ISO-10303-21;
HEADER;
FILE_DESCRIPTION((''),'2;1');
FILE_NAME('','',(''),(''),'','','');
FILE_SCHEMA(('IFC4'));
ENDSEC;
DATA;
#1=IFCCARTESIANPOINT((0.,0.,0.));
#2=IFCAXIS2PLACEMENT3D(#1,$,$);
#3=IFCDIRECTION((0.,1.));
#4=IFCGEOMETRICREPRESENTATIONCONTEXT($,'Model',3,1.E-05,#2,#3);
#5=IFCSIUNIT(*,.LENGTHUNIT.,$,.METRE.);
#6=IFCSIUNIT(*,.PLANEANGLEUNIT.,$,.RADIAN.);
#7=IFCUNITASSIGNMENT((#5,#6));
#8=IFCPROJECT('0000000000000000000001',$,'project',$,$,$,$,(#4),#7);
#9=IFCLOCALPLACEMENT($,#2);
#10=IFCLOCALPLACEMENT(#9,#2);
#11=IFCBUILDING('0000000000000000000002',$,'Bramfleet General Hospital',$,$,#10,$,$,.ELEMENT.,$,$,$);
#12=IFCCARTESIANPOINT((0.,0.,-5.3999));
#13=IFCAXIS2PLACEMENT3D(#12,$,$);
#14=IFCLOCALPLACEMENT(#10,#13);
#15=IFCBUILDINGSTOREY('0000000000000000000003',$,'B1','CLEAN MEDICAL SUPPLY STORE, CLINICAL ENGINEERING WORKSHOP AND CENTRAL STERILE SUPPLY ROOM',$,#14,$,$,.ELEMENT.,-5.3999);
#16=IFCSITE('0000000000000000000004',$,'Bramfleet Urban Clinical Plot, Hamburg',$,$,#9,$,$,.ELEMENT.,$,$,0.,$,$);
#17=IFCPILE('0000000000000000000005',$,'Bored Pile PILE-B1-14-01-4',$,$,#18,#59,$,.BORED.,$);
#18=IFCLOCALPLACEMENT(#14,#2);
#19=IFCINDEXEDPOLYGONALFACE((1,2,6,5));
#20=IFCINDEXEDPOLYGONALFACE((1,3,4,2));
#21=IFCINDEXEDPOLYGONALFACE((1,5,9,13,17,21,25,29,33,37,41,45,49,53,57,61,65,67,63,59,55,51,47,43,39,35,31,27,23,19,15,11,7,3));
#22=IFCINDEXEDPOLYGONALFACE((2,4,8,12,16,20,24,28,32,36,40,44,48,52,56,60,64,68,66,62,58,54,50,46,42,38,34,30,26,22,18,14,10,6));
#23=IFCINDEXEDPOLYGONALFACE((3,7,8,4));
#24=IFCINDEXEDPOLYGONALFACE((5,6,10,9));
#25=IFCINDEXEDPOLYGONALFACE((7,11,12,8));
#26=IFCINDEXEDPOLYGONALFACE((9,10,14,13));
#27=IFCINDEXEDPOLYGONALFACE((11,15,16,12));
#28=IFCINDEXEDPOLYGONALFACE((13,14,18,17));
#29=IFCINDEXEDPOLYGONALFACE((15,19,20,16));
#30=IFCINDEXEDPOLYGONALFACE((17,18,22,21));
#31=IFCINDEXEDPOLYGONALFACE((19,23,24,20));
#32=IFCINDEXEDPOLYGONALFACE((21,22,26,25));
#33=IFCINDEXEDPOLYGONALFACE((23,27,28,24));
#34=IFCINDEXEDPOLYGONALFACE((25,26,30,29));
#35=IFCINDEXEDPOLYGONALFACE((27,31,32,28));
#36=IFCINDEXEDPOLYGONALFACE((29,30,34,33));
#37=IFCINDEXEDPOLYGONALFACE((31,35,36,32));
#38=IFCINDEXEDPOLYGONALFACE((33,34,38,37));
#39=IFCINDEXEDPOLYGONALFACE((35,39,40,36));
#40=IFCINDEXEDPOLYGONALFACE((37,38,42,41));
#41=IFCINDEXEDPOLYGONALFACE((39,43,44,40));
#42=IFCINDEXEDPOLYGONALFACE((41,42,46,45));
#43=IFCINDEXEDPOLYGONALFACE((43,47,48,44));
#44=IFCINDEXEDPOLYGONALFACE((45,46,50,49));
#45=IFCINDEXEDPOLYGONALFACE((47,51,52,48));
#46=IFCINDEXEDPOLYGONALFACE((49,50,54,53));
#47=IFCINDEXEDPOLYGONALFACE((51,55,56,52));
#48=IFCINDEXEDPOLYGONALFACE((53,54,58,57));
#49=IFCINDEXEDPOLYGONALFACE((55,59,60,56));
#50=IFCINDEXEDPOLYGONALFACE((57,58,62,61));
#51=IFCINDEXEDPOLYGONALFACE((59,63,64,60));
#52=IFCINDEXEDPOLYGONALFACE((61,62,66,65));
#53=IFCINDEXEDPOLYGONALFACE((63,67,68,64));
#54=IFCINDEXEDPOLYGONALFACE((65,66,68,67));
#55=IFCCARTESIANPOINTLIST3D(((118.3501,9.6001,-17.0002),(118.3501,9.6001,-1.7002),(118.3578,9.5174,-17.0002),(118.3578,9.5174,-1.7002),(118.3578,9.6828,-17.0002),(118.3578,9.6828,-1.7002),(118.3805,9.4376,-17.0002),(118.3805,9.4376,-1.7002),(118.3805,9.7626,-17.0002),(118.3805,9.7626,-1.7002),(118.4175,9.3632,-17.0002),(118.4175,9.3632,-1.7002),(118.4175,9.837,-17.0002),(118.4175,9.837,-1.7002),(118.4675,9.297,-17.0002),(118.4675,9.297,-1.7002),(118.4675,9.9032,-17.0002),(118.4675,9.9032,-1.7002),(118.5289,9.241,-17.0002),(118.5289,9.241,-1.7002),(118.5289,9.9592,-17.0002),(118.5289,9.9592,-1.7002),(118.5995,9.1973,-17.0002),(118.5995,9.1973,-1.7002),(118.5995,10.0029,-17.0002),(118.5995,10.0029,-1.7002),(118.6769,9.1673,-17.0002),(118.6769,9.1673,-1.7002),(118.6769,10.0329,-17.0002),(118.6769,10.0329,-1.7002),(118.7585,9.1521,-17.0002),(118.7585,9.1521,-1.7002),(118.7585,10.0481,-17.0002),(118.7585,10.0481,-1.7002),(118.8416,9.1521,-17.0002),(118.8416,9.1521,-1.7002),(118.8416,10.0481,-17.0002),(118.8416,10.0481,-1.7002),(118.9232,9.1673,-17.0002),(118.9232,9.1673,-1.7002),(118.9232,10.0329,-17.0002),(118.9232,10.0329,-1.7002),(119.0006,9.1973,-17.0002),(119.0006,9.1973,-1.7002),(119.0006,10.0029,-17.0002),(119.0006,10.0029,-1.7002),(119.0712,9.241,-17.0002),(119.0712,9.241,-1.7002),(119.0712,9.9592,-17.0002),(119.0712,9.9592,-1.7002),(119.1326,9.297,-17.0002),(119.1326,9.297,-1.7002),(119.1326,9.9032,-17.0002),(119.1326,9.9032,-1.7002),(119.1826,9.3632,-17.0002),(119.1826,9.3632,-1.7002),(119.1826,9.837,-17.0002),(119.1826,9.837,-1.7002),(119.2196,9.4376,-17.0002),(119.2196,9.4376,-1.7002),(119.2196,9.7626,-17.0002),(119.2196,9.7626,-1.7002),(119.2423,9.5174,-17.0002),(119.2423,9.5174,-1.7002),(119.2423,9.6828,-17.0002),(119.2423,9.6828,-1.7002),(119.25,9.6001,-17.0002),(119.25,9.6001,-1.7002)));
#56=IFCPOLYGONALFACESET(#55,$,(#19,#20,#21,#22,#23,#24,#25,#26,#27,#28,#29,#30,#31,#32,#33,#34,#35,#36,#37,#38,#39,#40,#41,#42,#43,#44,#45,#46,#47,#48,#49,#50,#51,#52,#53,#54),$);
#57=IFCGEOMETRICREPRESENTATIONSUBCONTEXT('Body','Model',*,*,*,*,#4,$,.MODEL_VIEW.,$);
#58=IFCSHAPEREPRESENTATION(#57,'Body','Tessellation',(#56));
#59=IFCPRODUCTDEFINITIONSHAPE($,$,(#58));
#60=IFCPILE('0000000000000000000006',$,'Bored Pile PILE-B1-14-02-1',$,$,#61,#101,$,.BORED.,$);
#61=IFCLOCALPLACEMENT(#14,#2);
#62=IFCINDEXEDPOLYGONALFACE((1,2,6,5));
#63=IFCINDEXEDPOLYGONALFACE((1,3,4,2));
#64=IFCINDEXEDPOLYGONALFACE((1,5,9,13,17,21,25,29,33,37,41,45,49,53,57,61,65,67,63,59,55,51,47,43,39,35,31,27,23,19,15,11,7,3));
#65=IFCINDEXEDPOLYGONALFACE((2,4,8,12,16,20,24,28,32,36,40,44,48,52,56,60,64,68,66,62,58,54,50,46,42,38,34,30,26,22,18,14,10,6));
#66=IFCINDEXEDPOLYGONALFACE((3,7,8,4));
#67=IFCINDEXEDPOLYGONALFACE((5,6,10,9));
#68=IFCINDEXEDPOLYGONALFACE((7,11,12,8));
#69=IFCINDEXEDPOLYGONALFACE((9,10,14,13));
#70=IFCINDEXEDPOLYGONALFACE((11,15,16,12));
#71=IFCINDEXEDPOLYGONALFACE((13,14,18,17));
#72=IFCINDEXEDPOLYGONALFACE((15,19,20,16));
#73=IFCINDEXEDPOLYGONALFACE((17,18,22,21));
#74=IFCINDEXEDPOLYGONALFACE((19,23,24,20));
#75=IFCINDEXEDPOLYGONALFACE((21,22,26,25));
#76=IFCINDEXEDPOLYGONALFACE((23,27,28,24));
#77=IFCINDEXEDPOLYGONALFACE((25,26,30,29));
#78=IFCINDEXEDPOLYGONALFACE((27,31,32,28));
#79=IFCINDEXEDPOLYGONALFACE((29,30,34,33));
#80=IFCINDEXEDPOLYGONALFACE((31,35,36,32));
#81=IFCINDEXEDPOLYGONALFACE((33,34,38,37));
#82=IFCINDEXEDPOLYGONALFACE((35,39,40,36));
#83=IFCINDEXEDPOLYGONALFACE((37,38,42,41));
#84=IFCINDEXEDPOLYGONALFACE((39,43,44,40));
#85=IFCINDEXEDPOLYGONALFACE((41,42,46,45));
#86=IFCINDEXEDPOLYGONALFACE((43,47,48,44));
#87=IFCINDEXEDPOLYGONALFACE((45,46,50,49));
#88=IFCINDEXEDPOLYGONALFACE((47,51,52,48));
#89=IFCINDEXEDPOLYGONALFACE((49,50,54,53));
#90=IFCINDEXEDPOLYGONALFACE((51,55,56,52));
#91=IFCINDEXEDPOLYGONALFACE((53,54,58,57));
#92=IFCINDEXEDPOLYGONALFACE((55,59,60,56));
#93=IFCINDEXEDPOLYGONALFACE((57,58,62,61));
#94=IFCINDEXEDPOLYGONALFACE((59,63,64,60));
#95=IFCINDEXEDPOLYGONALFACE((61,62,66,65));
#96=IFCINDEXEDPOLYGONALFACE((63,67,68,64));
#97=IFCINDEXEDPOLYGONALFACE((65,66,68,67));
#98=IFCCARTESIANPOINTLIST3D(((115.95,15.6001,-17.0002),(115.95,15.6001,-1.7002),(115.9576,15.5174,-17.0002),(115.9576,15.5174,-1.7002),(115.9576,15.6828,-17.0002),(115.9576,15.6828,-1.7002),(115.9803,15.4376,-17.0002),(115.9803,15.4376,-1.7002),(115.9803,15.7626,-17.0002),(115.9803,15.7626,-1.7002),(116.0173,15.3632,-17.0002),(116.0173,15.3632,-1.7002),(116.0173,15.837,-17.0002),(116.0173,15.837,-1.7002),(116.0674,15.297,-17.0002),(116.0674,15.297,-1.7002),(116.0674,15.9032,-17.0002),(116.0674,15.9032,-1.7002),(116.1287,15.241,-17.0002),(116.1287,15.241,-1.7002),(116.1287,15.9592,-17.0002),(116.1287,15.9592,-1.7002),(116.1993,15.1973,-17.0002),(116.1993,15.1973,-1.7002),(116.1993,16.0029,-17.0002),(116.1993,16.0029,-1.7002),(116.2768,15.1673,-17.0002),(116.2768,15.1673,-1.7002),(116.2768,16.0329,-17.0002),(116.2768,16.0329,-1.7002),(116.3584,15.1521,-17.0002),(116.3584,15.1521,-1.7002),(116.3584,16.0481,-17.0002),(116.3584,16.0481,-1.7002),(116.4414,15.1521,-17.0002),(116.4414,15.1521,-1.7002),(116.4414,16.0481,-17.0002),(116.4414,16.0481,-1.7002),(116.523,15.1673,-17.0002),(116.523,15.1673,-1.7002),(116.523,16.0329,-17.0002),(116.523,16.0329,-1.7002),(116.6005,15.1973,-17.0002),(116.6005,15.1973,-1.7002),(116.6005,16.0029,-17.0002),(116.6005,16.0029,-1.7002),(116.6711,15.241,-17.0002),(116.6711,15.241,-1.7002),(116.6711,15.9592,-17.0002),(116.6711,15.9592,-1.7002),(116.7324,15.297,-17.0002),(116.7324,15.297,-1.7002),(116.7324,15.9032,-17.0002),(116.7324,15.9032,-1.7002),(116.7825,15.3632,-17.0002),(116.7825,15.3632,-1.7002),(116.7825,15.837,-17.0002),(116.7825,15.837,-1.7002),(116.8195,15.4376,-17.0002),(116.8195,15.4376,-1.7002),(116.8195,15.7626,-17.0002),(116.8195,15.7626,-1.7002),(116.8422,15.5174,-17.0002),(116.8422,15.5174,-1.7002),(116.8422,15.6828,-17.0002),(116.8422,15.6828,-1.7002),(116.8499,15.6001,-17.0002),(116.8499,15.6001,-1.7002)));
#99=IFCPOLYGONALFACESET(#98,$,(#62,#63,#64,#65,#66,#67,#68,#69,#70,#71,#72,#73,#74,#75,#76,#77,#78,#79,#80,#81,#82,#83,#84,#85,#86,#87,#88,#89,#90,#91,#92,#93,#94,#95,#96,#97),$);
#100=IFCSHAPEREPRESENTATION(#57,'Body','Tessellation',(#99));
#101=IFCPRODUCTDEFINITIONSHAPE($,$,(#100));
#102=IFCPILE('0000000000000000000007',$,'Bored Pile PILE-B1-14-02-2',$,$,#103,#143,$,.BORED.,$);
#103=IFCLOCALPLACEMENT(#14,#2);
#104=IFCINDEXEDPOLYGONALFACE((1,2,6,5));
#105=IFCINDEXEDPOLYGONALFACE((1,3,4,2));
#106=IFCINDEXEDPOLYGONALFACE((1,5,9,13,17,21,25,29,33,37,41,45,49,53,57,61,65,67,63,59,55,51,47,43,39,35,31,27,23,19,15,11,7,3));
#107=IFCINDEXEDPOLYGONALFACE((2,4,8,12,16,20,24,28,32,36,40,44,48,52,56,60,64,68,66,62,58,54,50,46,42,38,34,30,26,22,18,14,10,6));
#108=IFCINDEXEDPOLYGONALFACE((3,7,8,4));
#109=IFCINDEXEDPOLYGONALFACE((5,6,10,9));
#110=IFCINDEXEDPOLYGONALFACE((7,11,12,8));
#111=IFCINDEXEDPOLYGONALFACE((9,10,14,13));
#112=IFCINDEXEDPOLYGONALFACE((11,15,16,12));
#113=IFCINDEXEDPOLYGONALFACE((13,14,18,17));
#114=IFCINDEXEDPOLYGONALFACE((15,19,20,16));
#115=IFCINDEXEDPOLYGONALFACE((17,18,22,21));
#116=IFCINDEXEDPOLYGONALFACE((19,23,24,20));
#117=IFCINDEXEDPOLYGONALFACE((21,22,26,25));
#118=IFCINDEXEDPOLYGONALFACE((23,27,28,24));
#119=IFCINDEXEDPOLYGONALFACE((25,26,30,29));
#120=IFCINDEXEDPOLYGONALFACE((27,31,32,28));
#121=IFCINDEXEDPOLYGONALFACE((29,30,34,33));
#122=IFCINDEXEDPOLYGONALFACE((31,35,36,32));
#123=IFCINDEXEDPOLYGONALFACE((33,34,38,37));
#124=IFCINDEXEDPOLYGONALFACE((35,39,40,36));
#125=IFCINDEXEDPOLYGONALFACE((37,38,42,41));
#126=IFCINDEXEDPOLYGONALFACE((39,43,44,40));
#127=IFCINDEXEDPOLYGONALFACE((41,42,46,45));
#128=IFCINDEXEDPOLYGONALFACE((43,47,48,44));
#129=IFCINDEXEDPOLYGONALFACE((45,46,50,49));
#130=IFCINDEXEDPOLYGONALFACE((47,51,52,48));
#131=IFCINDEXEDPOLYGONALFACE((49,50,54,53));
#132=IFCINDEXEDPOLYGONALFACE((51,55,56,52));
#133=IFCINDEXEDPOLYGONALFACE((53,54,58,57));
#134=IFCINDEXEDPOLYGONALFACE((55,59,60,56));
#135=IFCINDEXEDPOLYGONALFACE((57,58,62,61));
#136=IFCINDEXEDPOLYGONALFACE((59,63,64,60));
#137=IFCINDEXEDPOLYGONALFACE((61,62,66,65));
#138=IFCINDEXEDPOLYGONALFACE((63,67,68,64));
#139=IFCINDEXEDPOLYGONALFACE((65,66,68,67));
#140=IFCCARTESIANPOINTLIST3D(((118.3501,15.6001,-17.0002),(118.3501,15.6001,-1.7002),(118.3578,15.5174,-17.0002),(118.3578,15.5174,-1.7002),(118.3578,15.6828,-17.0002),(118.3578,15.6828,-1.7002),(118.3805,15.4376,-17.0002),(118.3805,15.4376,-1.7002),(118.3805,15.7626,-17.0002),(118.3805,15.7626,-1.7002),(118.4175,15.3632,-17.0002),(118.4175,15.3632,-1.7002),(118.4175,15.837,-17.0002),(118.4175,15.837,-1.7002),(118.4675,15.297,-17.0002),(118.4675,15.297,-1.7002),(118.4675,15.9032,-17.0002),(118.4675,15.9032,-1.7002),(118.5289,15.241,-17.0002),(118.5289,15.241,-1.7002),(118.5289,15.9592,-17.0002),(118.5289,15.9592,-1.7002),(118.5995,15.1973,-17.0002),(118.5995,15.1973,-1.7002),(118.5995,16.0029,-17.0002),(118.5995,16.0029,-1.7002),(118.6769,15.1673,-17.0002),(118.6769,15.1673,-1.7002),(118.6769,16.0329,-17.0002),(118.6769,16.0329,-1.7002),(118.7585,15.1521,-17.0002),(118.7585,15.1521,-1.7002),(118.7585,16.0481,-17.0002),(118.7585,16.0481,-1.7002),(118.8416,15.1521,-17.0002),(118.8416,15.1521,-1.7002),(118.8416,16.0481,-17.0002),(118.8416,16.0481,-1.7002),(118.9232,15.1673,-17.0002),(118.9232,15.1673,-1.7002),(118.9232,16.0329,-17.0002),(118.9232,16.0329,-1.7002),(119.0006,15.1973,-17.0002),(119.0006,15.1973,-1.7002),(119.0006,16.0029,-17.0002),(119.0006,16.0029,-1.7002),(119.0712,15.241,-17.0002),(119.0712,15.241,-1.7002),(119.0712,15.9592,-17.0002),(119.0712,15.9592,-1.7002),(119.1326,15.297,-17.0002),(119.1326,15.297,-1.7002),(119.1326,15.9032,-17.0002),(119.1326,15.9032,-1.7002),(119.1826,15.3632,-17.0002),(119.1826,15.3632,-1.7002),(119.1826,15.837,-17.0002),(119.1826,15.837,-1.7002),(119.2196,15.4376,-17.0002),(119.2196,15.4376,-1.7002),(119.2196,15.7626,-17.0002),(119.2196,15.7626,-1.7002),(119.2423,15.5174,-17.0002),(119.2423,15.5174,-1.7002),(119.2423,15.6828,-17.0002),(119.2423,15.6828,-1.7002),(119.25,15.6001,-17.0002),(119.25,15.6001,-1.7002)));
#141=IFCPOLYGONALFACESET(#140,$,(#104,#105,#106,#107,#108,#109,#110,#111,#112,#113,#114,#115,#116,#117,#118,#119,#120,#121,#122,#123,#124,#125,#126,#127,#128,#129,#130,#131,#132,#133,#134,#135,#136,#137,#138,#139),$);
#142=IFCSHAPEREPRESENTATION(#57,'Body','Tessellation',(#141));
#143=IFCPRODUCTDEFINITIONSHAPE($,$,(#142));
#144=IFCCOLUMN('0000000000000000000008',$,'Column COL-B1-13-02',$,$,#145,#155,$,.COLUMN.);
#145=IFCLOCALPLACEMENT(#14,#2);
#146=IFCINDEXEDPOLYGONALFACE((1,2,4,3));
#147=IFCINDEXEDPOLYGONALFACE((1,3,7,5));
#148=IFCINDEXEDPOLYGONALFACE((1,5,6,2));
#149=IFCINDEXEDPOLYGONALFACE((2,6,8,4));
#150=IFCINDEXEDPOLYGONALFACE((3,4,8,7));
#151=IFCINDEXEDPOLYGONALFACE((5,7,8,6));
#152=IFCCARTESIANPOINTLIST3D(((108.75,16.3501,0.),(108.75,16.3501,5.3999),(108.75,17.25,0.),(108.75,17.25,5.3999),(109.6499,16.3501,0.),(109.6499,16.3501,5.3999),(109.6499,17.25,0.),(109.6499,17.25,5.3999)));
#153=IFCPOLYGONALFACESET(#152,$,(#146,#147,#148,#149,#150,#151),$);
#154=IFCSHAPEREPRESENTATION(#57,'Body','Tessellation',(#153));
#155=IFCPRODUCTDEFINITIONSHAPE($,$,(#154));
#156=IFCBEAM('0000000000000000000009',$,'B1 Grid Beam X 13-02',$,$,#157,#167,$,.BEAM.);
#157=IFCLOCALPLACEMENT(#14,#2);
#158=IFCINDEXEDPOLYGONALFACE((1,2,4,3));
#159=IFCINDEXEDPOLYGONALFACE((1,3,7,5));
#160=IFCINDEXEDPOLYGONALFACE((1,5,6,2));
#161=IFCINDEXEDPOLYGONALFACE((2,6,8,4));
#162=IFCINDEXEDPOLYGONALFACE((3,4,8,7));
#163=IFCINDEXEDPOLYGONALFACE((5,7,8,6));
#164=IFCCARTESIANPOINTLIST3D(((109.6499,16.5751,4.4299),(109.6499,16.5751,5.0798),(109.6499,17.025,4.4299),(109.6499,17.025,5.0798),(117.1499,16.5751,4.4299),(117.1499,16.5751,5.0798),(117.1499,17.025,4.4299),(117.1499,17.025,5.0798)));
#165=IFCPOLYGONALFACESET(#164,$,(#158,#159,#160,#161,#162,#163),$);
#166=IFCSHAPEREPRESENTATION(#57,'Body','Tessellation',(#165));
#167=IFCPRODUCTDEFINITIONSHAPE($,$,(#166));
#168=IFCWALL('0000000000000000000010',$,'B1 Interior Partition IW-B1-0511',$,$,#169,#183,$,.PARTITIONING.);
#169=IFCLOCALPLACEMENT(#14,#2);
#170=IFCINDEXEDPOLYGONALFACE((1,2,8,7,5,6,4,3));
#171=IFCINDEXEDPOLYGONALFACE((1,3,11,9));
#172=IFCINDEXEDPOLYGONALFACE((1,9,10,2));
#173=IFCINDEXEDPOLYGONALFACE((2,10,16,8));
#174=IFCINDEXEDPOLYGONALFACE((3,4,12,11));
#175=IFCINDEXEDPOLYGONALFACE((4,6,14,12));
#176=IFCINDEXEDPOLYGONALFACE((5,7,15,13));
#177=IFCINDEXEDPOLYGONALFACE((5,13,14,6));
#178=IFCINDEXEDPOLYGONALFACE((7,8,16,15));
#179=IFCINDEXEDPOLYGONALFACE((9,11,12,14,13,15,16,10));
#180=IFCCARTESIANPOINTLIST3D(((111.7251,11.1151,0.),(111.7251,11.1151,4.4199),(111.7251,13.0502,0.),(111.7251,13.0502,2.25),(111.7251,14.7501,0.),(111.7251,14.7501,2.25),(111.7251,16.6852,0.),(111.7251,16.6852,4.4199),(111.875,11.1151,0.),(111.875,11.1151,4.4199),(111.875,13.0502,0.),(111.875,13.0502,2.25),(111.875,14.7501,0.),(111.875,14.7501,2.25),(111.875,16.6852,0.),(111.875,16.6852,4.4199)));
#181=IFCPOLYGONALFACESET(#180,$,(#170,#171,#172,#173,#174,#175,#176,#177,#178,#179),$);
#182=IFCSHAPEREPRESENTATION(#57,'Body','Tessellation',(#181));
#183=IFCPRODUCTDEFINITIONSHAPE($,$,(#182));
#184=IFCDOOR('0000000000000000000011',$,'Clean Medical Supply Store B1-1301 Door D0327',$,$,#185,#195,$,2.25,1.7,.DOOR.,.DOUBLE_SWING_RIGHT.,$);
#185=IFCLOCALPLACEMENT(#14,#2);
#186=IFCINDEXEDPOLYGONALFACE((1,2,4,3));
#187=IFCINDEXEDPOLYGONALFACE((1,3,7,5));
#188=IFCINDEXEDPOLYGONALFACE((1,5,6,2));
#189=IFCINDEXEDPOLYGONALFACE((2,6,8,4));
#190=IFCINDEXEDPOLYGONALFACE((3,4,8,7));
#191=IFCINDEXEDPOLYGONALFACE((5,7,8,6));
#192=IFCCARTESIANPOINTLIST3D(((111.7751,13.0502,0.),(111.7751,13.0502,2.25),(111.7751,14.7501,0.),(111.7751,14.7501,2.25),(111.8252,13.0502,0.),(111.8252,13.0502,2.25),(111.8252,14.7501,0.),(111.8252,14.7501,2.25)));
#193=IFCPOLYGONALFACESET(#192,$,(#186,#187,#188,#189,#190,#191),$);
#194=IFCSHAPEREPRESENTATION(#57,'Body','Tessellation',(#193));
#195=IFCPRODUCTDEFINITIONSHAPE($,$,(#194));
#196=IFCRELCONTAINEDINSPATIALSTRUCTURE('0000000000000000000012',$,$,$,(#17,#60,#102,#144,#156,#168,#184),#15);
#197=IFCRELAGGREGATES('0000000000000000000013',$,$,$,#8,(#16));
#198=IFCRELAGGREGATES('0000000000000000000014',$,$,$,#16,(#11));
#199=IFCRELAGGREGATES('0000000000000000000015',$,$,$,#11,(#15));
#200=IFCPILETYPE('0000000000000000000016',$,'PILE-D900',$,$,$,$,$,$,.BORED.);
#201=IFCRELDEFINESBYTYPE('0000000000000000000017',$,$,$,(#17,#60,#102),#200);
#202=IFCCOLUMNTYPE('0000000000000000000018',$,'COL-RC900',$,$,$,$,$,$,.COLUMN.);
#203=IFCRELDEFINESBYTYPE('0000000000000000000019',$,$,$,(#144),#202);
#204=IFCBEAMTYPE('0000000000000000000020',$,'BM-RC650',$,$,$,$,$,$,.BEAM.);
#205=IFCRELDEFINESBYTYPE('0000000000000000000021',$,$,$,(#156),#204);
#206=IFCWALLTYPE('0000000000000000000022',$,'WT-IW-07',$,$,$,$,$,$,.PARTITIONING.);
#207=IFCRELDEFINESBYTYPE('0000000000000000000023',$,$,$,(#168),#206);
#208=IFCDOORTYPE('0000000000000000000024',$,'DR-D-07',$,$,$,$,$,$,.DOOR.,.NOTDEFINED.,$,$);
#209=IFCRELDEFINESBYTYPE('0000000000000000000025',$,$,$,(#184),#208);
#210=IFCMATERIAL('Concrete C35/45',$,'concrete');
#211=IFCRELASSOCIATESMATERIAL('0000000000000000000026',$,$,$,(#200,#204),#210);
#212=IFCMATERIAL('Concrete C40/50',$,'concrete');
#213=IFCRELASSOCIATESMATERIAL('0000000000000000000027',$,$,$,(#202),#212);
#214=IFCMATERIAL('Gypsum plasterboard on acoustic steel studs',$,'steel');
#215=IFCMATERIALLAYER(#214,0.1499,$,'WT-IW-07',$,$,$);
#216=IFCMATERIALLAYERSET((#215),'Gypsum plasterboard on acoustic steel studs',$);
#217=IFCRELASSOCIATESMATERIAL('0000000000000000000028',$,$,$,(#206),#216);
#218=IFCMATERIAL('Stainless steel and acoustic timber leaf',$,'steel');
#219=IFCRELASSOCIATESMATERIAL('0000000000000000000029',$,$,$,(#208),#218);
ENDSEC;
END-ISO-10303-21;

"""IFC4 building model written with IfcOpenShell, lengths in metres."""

from ifc_helpers import new_model, si_unit, direction, frame, frame_2d, origin, origin_2d, place, context, subcontext, project, spatial, rectangle, circle, extrude, material, layer, layer_set, material_profile, profile_set, type_object, element, fill, save


model = new_model("IFC4")

# Units and contexts
model_context = context("Model", 3, precision=1e-05, world=origin(), true_north=direction((0.0, 1.0)))
body_context = subcontext(model_context, "Body", "Model", "MODEL_VIEW")
ifc_project = project(units=[si_unit("LENGTHUNIT", "METRE"), si_unit("PLANEANGLEUNIT", "RADIAN")], contexts=[model_context])

# Site, building, storey
site_placement = place(None, origin())
site = spatial("IfcSite", under=ifc_project, at=site_placement, Name="Bramfleet Urban Clinical Plot, Hamburg", CompositionType="ELEMENT", RefElevation=0.0)
building_placement = place(site_placement, origin())
building = spatial("IfcBuilding", under=site, at=building_placement, Name="Bramfleet General Hospital", CompositionType="ELEMENT")
storey_placement = place(building_placement, frame((0.0, 0.0, -5.3999)))
storey = spatial("IfcBuildingStorey", under=building, at=storey_placement, Name="B1", Description="CLEAN MEDICAL SUPPLY STORE, CLINICAL ENGINEERING WORKSHOP AND CENTRAL STERILE SUPPLY ROOM", CompositionType="ELEMENT", Elevation=-5.3999)

# Shared definitions
ifc_material_1 = material(Name="Concrete C35/45", Category="concrete")

# Piles
ifc_material_profile_1 = material_profile(ifc_material_1, circle(Radius=0.45, at=origin_2d()), Name="PILE BORED D900")
ifc_profile_set_1 = profile_set([ifc_material_profile_1], Name="Concrete C35/45")
pile_type_1 = type_object("IfcPileType", Name="PILE-D900", PredefinedType="BORED", material=ifc_profile_set_1)
for number, where, z_axis, x_axis, name in (
    (1, (118.8, 9.6001, -1.7002), (0.0, 0.0, -1.0), (1.0, 0.0, 0.0), "Bored Pile PILE-B1-14-01-4"),
    (2, (116.3999, 15.6001, -1.7002), (0.0, 0.0, -1.0), (1.0, 0.0, 0.0), "Bored Pile PILE-B1-14-02-1"),
    (3, (118.8, 15.6001, -1.7002), (0.0, 0.0, -1.0), (1.0, 0.0, 0.0), "Bored Pile PILE-B1-14-02-2"),
):
    element("IfcPile", number, at=place(storey_placement, frame(where, z_axis=z_axis, x_axis=x_axis)), inside=storey, type_object=pile_type_1, Name=name, PredefinedType="BORED", context=body_context, shape_type="SweptSolid", body=[
        extrude(circle(Radius=0.45, at=origin_2d()), origin(), (0.0, 0.0, 1.0), 15.3),
    ])

# Column
ifc_material_2 = material(Name="Concrete C40/50", Category="concrete")
ifc_material_profile_2 = material_profile(ifc_material_2, rectangle(XDim=0.8999, YDim=0.8999, at=origin_2d()), Name="RC COL 900x900")
ifc_profile_set_2 = profile_set([ifc_material_profile_2], Name="Concrete C40/50")
column_type = type_object("IfcColumnType", Name="COL-RC900", PredefinedType="COLUMN", material=ifc_profile_set_2)
column_placement = place(storey_placement, frame((109.2, 16.8, 0.0), z_axis=(0.0, 0.0, 1.0), x_axis=(1.0, 0.0, 0.0)))
element("IfcColumn", 4, at=column_placement, inside=storey, type_object=column_type, Name="Column COL-B1-13-02", PredefinedType="COLUMN", context=body_context, shape_type="SweptSolid", body=[
    extrude(rectangle(XDim=0.8999, YDim=0.8999, at=origin_2d()), origin(), (0.0, 0.0, 1.0), 5.3999),
])

# Beam
ifc_material_profile_3 = material_profile(ifc_material_1, rectangle(XDim=0.45, YDim=0.6499, at=origin_2d()), Name="RC BM 650x450")
ifc_profile_set_3 = profile_set([ifc_material_profile_3], Name="Concrete C35/45")
beam_type = type_object("IfcBeamType", Name="BM-RC650", PredefinedType="BEAM", material=ifc_profile_set_3)
beam_placement = place(storey_placement, frame((109.6499, 16.8, 4.7549), z_axis=(1.0, 0.0, 0.0), x_axis=(0.0, 1.0, 0.0)))
element("IfcBeam", 5, at=beam_placement, inside=storey, type_object=beam_type, Name="B1 Grid Beam X 13-02", PredefinedType="BEAM", context=body_context, shape_type="SweptSolid", body=[
    extrude(rectangle(XDim=0.45, YDim=0.6499, at=origin_2d()), origin(), (0.0, 0.0, 1.0), 7.5),
])

# Wall, opening, door
ifc_material_3 = material(Name="Stainless steel and acoustic timber leaf", Category="steel")
ifc_material_4 = material(Name="Gypsum plasterboard on acoustic steel studs", Category="steel")
ifc_layer_1 = layer(ifc_material_4, 0.1499, Name="WT-IW-07")
ifc_layer_set_1 = layer_set([ifc_layer_1], Name="Gypsum plasterboard on acoustic steel studs")
wall_type_1 = type_object("IfcWallType", Name="WT-IW-07", PredefinedType="PARTITIONING", material=ifc_layer_set_1)
wall_1_placement = place(storey_placement, frame((111.8, 11.115, 0.0), z_axis=(0.0, 0.0, 1.0), x_axis=(0.0, 1.0, 0.0)))
wall_1 = element("IfcWall", 6, at=wall_1_placement, inside=storey, type_object=wall_type_1, Name="B1 Interior Partition IW-B1-0511", PredefinedType="PARTITIONING", context=body_context, shape_type="SweptSolid", body=[
    extrude(rectangle(XDim=5.5701, YDim=0.1499, at=frame_2d((2.7852, 0.0))), origin(), (0.0, 0.0, 1.0), 4.4199),
])
opening_1_placement = place(wall_1_placement, frame((1.9351, 0.0, 0.0)))
opening_1 = element("IfcOpeningElement", 7, at=opening_1_placement, cuts=wall_1, PredefinedType="OPENING", context=body_context, shape_type="SweptSolid", body=[
    extrude(rectangle(XDim=1.7, YDim=2.25, at=frame_2d((0.8501, 1.125))), frame((0.0, 0.085, 0.0), z_axis=(0.0, -1.0, 0.0), x_axis=(1.0, 0.0, 0.0)), (0.0, 0.0, 1.0), 0.1699),
])
door_type_1 = type_object("IfcDoorType", Name="DR-D-07", OperationType="NOTDEFINED", PredefinedType="DOOR", material=ifc_material_3)
door_1_placement = place(opening_1_placement, origin())
door_1 = element("IfcDoor", 8, at=door_1_placement, inside=storey, type_object=door_type_1, Name="Clean Medical Supply Store B1-1301 Door D0327", OperationType="DOUBLE_SWING_RIGHT", OverallHeight=2.25, OverallWidth=1.7, PredefinedType="DOOR", context=body_context, shape_type="SweptSolid", body=[
    extrude(rectangle(XDim=1.7, YDim=2.25, at=frame_2d((0.8501, 1.125))), frame((0.0, 0.0249, 0.0), z_axis=(0.0, -1.0, 0.0), x_axis=(1.0, 0.0, 0.0)), (0.0, 0.0, 1.0), 0.05),
])
fill(opening_1, door_1)

save(model, "model.ifc")
